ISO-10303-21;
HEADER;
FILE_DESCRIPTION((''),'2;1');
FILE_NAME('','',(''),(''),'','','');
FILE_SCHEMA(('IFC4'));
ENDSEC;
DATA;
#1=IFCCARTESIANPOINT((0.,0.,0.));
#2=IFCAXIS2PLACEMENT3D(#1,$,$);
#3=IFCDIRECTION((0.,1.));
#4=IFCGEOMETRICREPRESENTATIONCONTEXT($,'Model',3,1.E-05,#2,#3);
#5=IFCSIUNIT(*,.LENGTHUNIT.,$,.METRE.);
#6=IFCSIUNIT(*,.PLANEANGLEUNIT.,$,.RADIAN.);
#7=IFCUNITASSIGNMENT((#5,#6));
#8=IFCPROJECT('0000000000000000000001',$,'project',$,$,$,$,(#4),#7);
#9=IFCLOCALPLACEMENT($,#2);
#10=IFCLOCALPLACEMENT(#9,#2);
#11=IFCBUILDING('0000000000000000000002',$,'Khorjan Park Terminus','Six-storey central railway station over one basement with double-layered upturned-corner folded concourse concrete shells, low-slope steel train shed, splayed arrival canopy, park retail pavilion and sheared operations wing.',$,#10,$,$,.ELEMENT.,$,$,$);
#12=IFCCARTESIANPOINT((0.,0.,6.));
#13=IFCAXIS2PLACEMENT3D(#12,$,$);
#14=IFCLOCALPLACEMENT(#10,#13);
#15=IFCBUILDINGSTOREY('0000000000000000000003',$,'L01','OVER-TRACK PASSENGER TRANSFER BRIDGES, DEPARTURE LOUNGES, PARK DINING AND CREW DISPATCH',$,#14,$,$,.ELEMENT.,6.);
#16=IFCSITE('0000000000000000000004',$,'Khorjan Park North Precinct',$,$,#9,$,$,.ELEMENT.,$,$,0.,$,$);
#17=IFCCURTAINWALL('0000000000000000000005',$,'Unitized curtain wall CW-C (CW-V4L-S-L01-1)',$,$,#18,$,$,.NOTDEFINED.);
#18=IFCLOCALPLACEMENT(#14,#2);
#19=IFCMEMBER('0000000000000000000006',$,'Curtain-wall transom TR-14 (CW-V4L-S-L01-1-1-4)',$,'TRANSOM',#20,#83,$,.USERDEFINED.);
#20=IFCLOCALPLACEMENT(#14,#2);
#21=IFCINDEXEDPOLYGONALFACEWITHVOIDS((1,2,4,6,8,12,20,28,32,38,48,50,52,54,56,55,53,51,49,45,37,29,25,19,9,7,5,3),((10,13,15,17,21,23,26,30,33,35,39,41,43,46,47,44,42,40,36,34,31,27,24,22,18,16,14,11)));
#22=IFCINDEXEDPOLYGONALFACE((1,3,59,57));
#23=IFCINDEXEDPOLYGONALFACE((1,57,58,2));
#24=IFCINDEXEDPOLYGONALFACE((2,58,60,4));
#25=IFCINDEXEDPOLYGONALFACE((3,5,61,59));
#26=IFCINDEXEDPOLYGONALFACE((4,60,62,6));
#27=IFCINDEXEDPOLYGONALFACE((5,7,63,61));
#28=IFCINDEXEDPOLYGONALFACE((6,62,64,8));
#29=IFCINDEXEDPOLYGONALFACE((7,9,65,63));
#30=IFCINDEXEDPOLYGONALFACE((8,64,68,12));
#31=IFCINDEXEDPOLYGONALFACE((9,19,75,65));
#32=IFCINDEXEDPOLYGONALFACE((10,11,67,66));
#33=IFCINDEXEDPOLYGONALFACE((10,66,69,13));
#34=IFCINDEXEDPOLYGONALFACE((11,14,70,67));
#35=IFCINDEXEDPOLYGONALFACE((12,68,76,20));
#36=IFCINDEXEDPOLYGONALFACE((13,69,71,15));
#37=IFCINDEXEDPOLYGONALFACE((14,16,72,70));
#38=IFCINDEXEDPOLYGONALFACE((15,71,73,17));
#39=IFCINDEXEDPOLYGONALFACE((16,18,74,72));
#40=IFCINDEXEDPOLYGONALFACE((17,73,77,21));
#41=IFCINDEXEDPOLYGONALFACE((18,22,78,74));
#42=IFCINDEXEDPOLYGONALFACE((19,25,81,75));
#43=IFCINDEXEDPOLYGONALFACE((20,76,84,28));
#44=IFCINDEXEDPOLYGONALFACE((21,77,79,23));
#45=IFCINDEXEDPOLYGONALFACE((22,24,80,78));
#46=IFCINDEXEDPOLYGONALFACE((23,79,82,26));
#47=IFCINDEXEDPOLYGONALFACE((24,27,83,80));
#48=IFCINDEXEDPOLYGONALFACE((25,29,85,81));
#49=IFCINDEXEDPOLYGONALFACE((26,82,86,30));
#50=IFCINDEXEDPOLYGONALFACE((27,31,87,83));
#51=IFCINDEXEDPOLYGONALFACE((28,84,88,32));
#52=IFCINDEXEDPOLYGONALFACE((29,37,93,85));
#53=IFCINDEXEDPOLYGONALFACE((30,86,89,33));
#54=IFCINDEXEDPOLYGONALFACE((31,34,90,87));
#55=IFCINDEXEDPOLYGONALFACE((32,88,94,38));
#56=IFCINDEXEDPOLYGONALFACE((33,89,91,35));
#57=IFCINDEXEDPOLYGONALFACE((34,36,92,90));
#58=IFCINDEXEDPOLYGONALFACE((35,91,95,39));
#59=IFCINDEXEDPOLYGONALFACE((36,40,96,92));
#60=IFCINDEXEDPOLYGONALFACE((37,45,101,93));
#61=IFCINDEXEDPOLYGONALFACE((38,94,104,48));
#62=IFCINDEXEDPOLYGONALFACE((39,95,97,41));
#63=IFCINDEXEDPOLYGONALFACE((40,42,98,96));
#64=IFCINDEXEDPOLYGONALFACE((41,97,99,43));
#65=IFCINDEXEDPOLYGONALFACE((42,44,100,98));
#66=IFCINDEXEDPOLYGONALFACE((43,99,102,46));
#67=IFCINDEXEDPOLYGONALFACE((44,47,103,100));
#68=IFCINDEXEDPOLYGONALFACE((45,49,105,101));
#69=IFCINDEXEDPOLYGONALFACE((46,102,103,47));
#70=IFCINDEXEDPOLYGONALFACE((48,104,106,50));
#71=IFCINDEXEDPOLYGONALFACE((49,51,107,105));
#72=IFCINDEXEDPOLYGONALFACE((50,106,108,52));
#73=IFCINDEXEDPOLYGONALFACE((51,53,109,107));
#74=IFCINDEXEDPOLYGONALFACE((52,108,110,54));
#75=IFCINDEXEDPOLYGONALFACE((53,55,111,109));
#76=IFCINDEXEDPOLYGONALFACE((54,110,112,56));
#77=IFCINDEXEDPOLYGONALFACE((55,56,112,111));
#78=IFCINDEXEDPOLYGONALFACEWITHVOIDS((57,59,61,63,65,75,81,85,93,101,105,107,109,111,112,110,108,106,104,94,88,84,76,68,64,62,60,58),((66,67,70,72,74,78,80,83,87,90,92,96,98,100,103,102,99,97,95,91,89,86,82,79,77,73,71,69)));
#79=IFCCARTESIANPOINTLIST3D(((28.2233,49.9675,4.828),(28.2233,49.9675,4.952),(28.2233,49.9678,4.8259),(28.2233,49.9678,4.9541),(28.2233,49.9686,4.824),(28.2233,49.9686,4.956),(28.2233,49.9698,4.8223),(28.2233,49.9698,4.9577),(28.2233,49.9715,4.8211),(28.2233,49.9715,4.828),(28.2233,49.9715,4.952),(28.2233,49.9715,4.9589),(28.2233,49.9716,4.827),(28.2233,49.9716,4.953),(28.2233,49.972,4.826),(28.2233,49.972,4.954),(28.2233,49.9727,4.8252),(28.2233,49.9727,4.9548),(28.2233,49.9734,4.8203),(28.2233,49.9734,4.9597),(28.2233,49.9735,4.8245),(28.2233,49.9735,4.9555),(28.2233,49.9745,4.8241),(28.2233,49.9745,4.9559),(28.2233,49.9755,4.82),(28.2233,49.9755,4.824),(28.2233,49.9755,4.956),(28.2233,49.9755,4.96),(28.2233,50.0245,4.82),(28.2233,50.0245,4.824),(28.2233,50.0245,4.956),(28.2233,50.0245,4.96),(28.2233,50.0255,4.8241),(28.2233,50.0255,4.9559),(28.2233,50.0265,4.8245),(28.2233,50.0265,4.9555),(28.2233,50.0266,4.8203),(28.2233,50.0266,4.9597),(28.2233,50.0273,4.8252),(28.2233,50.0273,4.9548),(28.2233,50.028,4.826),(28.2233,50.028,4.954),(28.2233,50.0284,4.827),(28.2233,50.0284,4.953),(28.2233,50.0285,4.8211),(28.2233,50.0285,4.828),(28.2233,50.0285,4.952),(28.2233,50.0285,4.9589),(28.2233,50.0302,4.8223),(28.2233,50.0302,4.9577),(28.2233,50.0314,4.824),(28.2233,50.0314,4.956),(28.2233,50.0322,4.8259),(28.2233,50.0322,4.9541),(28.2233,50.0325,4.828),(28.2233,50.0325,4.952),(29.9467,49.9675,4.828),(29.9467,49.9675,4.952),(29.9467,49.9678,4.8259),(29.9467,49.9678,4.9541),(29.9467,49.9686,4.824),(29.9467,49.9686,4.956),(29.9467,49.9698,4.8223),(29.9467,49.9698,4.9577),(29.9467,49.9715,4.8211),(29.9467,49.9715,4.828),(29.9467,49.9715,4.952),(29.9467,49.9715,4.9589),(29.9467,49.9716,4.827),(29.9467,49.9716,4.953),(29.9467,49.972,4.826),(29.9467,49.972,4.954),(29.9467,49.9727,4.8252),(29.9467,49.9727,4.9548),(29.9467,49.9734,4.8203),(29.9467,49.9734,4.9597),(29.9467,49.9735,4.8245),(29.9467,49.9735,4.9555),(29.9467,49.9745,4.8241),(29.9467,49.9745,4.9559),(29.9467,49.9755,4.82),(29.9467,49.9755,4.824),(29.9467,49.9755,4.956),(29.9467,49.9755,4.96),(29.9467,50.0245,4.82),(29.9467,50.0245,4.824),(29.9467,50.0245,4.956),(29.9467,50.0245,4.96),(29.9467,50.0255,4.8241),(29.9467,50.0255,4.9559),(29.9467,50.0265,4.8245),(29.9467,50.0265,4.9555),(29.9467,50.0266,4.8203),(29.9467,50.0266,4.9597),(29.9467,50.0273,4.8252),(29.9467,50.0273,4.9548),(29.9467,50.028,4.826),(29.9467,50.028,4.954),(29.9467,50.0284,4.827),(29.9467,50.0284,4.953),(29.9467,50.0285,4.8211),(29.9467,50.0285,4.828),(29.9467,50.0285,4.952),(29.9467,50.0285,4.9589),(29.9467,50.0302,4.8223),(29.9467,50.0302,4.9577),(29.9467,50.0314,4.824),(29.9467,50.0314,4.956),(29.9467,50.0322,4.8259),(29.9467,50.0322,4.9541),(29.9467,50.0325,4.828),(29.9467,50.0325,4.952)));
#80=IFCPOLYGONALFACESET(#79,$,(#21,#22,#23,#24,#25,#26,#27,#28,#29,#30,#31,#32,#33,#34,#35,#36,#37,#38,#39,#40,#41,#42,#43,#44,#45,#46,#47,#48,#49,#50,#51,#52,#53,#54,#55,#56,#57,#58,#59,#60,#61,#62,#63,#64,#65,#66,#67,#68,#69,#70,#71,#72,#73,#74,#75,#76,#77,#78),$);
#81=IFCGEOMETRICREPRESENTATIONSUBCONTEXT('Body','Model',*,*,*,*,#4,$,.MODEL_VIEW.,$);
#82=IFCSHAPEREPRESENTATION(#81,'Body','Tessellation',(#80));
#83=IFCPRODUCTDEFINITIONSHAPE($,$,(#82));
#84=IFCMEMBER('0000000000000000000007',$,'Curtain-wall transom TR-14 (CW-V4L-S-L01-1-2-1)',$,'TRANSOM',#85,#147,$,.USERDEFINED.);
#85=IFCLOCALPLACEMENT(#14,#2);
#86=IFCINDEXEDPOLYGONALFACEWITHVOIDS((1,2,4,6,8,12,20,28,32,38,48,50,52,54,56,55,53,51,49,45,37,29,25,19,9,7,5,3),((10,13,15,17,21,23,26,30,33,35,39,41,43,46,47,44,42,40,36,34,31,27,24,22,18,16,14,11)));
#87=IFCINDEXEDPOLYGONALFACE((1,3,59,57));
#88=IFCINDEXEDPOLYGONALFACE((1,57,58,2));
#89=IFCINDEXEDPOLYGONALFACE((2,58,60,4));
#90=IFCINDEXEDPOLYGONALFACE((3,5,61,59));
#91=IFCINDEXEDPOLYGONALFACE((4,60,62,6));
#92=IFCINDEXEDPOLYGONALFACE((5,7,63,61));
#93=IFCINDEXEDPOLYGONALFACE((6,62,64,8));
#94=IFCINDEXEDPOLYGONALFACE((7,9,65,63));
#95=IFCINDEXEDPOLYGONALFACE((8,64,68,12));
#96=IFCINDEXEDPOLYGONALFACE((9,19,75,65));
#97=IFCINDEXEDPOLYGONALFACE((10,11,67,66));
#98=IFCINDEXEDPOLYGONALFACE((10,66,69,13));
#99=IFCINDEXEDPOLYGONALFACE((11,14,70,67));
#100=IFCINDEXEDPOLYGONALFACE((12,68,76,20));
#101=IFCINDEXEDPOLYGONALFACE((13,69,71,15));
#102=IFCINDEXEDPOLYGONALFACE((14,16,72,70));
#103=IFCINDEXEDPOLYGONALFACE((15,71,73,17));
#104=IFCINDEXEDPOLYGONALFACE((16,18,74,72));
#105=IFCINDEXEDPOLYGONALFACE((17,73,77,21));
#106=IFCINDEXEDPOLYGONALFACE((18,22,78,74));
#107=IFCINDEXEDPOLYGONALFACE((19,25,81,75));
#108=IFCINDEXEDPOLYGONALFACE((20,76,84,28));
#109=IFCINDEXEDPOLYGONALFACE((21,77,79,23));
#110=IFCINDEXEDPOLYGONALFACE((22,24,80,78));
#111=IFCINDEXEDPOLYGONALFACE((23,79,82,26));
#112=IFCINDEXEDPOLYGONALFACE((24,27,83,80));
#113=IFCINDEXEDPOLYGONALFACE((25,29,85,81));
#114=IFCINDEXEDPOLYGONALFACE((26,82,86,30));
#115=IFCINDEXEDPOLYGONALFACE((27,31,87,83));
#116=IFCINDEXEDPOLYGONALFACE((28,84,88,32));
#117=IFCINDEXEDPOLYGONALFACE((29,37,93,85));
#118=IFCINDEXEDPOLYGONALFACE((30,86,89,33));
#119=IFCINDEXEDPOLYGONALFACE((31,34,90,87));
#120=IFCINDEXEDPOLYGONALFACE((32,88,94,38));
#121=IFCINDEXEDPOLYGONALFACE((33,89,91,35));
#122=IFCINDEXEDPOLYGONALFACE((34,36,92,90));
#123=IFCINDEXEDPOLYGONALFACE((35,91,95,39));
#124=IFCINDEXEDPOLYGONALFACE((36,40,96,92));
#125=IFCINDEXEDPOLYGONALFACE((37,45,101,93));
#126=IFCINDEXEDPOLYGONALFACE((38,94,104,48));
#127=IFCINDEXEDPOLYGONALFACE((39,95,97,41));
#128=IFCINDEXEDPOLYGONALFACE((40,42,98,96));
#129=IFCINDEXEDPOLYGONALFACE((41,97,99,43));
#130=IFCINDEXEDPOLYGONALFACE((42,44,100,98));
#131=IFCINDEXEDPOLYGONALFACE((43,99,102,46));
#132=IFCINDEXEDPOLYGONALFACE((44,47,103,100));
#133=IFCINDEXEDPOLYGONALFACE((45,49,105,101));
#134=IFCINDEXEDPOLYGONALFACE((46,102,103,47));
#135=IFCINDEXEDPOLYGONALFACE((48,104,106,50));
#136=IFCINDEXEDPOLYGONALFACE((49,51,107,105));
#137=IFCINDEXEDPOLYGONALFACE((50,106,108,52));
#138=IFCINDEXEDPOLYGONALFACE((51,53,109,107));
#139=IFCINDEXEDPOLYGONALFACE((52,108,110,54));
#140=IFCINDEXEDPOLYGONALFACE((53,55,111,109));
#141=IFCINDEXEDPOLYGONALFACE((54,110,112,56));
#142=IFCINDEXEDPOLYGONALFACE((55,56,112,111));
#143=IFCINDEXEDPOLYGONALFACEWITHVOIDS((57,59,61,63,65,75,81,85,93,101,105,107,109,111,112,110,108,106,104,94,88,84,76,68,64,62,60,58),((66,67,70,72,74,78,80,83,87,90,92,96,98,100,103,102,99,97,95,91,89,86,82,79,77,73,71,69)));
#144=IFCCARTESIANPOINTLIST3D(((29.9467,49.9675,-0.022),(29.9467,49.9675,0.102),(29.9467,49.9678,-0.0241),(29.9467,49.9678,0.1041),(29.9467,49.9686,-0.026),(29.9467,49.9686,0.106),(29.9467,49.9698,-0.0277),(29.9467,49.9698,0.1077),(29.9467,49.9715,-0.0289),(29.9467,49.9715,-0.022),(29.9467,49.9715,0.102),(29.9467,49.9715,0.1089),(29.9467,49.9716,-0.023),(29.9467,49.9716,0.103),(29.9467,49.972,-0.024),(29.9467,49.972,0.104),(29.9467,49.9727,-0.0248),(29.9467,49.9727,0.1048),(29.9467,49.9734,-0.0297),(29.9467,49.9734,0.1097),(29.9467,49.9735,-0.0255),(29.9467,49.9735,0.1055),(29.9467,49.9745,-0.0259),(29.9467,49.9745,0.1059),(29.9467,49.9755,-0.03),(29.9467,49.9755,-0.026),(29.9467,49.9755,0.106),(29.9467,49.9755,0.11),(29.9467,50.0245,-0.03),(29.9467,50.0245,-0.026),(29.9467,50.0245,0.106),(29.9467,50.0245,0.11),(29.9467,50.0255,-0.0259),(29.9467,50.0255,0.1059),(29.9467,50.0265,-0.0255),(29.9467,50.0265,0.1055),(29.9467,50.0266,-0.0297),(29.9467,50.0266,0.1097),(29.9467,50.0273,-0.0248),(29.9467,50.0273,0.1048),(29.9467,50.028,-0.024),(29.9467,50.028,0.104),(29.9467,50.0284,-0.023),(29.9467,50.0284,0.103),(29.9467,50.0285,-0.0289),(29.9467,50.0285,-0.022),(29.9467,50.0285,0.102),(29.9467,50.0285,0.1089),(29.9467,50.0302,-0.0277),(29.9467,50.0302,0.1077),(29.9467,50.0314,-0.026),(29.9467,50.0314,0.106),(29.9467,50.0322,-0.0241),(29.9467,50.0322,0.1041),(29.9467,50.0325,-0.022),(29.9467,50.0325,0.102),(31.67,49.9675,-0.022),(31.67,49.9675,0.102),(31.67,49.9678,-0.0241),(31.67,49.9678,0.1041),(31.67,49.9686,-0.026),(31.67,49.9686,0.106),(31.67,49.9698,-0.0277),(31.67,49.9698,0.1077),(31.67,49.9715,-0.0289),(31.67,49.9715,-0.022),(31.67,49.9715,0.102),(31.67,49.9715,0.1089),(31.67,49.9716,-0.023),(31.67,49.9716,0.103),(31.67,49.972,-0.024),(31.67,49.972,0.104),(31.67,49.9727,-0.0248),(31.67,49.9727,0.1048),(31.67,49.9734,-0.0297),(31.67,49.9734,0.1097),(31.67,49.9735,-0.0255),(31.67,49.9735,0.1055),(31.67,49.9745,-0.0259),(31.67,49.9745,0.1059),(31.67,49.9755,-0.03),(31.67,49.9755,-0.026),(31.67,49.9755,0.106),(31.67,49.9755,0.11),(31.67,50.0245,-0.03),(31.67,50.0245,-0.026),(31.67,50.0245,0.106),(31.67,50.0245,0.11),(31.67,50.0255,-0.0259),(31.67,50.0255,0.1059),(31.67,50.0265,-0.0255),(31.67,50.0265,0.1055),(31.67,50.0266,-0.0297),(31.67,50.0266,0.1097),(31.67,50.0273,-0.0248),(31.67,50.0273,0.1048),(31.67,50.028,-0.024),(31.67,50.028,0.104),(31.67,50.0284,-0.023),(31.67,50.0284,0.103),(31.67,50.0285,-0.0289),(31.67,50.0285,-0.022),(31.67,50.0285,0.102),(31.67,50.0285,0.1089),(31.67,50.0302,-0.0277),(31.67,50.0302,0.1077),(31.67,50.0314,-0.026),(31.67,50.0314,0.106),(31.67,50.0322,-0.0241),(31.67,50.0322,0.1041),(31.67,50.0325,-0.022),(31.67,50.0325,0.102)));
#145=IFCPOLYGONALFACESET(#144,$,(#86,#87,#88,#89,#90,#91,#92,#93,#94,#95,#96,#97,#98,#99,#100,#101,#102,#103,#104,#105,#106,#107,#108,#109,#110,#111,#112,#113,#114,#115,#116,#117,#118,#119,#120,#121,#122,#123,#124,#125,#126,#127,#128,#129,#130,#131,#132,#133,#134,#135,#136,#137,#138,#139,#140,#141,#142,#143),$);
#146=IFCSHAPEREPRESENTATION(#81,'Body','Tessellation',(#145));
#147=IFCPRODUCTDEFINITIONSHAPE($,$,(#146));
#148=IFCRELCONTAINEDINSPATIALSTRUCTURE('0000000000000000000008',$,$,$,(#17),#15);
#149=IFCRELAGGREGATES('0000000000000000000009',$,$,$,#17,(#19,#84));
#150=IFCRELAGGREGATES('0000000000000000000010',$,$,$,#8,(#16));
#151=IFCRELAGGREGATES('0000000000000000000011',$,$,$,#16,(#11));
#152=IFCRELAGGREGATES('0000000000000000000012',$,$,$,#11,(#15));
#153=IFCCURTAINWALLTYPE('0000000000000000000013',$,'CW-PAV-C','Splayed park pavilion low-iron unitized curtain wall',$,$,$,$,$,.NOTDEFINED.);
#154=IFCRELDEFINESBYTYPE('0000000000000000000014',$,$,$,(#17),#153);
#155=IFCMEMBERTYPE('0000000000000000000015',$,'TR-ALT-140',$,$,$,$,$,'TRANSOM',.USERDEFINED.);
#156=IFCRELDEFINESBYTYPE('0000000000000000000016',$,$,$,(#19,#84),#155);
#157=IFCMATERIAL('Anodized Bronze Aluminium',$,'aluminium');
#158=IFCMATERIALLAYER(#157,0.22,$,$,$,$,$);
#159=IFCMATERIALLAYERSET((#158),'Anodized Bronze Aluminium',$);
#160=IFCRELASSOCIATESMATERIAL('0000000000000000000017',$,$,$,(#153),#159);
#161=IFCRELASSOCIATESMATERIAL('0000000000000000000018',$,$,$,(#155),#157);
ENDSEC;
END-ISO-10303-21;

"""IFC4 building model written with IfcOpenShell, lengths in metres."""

from ifc_helpers import new_model, si_unit, direction, frame, origin, origin_2d, place, context, subcontext, project, spatial, hollow_rectangle, extrude, material, layer, layer_set, material_profile, profile_set, type_object, element, aggregate, save


model = new_model("IFC4")

# Units and contexts
model_context = context("Model", 3, precision=1e-05, world=origin(), true_north=direction((0.0, 1.0)))
body_context = subcontext(model_context, "Body", "Model", "MODEL_VIEW")
ifc_project = project(units=[si_unit("LENGTHUNIT", "METRE"), si_unit("PLANEANGLEUNIT", "RADIAN")], contexts=[model_context])

# Site, building, storey
site_placement = place(None, origin())
site = spatial("IfcSite", under=ifc_project, at=site_placement, Name="Khorjan Park North Precinct", CompositionType="ELEMENT", RefElevation=0.0)
building_placement = place(site_placement, origin())
building = spatial("IfcBuilding", under=site, at=building_placement, Name="Khorjan Park Terminus", Description="Six-storey central railway station over one basement with double-layered upturned-corner folded concourse concrete shells, low-slope steel train shed, splayed arrival canopy, park retail pavilion and sheared operations wing.", CompositionType="ELEMENT")
storey_placement = place(building_placement, frame((0.0, 0.0, 6.0)))
storey = spatial("IfcBuildingStorey", under=building, at=storey_placement, Name="L01", Description="OVER-TRACK PASSENGER TRANSFER BRIDGES, DEPARTURE LOUNGES, PARK DINING AND CREW DISPATCH", CompositionType="ELEMENT", Elevation=6.0)

# Curtain wall
ifc_material_1 = material(Name="Anodized Bronze Aluminium", Category="aluminium")
ifc_layer_1 = layer(ifc_material_1, 0.22)
ifc_layer_set_1 = layer_set([ifc_layer_1], Name="Anodized Bronze Aluminium")
curtain_wall_type = type_object("IfcCurtainWallType", Name="CW-PAV-C", Description="Splayed park pavilion low-iron unitized curtain wall", PredefinedType="NOTDEFINED", material=ifc_layer_set_1)
curtain_wall_1_placement = place(storey_placement, origin())
curtain_wall_1 = element("IfcCurtainWall", 1, at=curtain_wall_1_placement, inside=storey, type_object=curtain_wall_type, Name="Unitized curtain wall CW-C (CW-V4L-S-L01-1)", PredefinedType="NOTDEFINED")

# Members
ifc_material_profile_1 = material_profile(ifc_material_1, hollow_rectangle(XDim=0.065, YDim=0.14, WallThickness=0.004, InnerFilletRadius=0.004, OuterFilletRadius=0.008, at=origin_2d()), Name="ALT 65x140x4")
ifc_profile_set_1 = profile_set([ifc_material_profile_1], Name="Anodized Bronze Aluminium")
member_type_1 = type_object("IfcMemberType", Name="TR-ALT-140", ElementType="TRANSOM", PredefinedType="USERDEFINED", material=ifc_profile_set_1)
member_1_placement = place(storey_placement, frame((28.2233, 50.0, 4.89), z_axis=(1.0, 0.0, 0.0), x_axis=(0.0, 1.0, 0.0)))
member_1 = element("IfcMember", 2, at=member_1_placement, type_object=member_type_1, Name="Curtain-wall transom TR-14 (CW-V4L-S-L01-1-1-4)", ObjectType="TRANSOM", PredefinedType="USERDEFINED", context=body_context, shape_type="SweptSolid", body=[
    extrude(hollow_rectangle(XDim=0.065, YDim=0.14, WallThickness=0.004, InnerFilletRadius=0.004, OuterFilletRadius=0.008, at=origin_2d()), origin(), (0.0, 0.0, 1.0), 1.7234),
])
member_2_placement = place(storey_placement, frame((29.9467, 50.0, 0.04), z_axis=(1.0, 0.0, 0.0), x_axis=(0.0, 1.0, 0.0)))
member_2 = element("IfcMember", 3, at=member_2_placement, type_object=member_type_1, Name="Curtain-wall transom TR-14 (CW-V4L-S-L01-1-2-1)", ObjectType="TRANSOM", PredefinedType="USERDEFINED", context=body_context, shape_type="SweptSolid", body=[
    extrude(hollow_rectangle(XDim=0.065, YDim=0.14, WallThickness=0.004, InnerFilletRadius=0.004, OuterFilletRadius=0.008, at=origin_2d()), origin(), (0.0, 0.0, 1.0), 1.7233),
])

aggregate(curtain_wall_1, [member_1, member_2])

save(model, "model.ifc")
